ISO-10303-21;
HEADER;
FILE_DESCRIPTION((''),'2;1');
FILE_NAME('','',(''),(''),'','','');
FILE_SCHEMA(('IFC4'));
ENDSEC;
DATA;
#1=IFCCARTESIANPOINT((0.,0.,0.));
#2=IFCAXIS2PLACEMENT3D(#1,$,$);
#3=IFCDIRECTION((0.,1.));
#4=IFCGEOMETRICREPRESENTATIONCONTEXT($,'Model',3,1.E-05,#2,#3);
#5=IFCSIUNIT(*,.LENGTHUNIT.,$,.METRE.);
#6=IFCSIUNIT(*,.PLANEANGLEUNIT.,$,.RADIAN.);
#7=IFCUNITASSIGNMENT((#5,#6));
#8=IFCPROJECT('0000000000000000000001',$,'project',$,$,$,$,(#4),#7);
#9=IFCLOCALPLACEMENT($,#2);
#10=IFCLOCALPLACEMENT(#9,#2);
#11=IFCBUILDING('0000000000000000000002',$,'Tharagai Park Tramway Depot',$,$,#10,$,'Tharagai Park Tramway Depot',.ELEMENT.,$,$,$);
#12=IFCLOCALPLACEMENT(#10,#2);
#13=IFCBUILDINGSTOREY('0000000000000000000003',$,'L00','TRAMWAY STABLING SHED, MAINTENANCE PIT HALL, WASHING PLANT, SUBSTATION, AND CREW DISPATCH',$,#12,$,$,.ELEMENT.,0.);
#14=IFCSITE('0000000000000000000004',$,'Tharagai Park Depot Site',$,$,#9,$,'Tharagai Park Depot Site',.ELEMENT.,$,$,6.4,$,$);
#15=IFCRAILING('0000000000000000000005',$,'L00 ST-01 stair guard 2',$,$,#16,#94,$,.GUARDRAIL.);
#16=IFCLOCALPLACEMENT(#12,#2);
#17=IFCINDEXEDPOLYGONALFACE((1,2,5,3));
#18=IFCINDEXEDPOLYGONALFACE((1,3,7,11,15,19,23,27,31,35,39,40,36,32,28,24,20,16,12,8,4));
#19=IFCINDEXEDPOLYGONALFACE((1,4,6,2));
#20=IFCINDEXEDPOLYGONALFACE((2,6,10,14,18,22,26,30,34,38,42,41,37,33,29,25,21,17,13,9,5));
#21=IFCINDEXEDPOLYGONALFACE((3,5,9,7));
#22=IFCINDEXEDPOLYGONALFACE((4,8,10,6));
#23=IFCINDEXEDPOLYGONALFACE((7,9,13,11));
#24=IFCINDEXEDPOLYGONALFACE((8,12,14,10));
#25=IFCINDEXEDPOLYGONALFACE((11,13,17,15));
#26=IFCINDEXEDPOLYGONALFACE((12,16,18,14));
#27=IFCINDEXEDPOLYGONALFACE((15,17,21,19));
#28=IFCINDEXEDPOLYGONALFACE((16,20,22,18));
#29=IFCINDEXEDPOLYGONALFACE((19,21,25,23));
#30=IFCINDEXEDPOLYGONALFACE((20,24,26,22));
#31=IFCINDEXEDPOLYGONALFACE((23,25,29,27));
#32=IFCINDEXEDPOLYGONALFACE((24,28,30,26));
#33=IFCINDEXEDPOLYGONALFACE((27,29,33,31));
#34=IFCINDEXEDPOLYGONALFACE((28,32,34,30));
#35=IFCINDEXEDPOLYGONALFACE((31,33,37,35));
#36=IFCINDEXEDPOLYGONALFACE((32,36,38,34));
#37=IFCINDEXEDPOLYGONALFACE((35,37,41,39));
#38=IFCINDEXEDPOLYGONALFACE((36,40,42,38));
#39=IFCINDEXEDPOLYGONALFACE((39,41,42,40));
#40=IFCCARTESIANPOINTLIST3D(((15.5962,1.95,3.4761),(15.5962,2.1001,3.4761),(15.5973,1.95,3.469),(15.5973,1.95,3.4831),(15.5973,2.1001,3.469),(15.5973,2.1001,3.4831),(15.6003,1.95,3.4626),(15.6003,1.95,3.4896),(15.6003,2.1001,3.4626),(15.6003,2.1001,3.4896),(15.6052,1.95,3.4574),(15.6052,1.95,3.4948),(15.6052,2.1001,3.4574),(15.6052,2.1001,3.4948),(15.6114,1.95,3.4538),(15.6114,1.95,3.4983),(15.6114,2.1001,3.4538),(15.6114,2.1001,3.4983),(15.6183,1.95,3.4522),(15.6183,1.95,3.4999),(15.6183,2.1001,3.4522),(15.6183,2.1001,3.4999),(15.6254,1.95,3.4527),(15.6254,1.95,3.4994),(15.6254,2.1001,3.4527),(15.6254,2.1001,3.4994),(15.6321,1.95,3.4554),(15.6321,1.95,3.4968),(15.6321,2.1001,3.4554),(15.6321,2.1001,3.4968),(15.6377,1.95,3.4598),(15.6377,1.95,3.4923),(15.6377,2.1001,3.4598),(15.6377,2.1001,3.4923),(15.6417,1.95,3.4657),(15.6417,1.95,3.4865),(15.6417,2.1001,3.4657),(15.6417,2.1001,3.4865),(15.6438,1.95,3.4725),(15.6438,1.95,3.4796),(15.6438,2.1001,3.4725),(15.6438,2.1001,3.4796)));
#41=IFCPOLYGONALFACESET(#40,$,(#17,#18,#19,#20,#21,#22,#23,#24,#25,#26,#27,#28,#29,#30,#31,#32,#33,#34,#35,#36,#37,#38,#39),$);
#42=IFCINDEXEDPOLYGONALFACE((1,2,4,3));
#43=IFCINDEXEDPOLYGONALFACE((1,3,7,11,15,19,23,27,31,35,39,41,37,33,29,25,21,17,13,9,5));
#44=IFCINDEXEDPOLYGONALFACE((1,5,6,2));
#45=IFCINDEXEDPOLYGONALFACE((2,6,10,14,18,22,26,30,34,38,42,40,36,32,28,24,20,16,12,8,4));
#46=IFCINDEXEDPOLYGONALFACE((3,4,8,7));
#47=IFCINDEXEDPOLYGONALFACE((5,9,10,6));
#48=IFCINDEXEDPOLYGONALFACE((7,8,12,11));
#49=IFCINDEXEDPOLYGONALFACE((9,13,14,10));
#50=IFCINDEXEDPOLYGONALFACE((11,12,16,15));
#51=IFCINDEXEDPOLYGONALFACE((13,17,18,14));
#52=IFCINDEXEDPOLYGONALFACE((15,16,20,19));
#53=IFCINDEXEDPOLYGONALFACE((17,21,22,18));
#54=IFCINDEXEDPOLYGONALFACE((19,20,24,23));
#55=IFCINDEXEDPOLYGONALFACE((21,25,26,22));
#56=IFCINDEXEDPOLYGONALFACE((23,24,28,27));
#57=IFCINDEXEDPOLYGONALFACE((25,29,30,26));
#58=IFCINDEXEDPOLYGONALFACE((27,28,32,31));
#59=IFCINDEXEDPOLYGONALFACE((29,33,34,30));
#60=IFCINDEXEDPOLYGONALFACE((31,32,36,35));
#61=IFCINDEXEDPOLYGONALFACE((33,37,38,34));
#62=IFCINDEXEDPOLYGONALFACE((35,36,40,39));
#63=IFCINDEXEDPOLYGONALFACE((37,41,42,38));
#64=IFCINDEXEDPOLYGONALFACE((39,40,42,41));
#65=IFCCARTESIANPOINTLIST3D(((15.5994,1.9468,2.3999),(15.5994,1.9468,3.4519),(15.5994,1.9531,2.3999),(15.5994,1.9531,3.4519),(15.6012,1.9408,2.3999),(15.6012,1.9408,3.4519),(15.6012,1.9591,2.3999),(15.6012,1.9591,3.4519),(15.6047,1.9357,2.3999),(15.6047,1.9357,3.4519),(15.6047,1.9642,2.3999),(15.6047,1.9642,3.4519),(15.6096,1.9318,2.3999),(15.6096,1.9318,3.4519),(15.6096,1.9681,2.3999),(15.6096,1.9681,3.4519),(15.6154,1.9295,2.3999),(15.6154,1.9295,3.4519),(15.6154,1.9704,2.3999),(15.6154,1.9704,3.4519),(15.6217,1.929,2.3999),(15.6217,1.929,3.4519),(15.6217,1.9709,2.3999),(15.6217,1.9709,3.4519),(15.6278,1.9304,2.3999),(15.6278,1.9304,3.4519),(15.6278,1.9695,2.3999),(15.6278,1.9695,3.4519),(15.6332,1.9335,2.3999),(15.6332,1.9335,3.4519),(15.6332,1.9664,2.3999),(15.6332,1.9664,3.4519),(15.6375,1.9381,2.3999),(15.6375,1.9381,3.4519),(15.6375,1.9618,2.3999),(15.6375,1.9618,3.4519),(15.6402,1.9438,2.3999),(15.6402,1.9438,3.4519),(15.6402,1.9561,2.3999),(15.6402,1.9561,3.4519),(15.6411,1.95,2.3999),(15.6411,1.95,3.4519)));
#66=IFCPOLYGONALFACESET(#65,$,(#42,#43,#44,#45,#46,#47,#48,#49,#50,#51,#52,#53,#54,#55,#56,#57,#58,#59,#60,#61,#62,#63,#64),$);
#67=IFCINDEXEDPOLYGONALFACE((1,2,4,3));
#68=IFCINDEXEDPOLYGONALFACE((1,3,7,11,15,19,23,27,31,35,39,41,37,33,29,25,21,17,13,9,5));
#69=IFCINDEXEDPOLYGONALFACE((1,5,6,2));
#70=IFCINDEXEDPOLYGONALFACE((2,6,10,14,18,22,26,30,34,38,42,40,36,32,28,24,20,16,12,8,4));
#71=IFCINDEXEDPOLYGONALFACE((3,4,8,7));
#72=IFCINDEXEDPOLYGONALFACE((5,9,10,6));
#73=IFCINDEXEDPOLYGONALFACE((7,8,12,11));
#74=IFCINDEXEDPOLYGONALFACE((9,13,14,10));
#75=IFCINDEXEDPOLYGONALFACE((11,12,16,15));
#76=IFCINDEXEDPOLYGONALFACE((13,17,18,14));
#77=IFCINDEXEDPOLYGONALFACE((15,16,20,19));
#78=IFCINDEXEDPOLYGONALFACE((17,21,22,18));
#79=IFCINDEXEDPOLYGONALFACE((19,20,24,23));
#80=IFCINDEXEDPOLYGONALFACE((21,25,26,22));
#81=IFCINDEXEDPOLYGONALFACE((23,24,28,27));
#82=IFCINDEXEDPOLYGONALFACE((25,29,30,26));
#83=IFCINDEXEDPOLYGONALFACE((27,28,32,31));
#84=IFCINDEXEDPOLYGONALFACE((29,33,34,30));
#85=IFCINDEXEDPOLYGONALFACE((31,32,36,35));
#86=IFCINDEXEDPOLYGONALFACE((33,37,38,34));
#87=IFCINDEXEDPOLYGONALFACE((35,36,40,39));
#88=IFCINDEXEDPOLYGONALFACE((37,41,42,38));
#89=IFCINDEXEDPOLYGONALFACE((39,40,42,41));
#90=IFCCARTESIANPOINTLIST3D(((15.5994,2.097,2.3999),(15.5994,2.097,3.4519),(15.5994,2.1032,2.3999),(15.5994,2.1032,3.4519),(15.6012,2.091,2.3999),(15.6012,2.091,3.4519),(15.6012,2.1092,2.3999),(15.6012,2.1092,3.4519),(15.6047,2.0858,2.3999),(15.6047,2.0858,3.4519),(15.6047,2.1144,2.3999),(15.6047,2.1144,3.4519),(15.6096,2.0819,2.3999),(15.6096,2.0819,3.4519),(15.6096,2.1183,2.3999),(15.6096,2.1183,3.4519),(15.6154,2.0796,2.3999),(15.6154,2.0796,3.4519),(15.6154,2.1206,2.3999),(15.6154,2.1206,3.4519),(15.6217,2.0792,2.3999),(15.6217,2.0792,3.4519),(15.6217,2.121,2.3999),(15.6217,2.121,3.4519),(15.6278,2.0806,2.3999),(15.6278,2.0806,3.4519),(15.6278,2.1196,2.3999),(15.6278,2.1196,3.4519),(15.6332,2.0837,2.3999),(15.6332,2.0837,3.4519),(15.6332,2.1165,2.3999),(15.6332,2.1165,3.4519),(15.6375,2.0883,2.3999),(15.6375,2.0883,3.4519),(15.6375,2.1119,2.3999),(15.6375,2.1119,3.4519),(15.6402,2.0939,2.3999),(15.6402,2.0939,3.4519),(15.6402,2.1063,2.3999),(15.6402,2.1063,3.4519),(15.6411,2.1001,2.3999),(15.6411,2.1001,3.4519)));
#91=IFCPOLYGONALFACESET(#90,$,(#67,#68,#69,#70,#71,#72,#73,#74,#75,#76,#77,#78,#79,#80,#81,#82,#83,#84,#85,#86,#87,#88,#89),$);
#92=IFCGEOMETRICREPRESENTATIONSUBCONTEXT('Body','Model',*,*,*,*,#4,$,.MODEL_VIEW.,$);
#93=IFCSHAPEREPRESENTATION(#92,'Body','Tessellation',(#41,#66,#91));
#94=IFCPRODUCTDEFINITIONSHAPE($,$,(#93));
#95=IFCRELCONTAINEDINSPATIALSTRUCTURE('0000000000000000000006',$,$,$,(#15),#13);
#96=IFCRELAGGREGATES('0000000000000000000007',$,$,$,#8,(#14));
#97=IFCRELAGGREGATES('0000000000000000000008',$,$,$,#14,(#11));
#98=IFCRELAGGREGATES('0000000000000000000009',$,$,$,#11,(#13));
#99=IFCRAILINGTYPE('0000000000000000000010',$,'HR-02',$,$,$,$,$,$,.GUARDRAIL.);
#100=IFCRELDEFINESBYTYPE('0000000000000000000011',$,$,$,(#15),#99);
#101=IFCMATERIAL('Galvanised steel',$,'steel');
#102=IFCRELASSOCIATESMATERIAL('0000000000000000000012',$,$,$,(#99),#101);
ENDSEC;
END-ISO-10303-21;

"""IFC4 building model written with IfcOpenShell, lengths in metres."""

from ifc_helpers import new_model, si_unit, direction, frame, origin, origin_2d, place, context, subcontext, project, spatial, circle, extrude, material, type_object, element, save


model = new_model("IFC4")

# Units and contexts
model_context = context("Model", 3, precision=1e-05, world=origin(), true_north=direction((0.0, 1.0)))
body_context = subcontext(model_context, "Body", "Model", "MODEL_VIEW")
ifc_project = project(units=[si_unit("LENGTHUNIT", "METRE"), si_unit("PLANEANGLEUNIT", "RADIAN")], contexts=[model_context])

# Site, building, storey
site_placement = place(None, origin())
site = spatial("IfcSite", under=ifc_project, at=site_placement, Name="Tharagai Park Depot Site", LongName="Tharagai Park Depot Site", CompositionType="ELEMENT", RefElevation=6.4)
building_placement = place(site_placement, origin())
building = spatial("IfcBuilding", under=site, at=building_placement, Name="Tharagai Park Tramway Depot", LongName="Tharagai Park Tramway Depot", CompositionType="ELEMENT")
storey_placement = place(building_placement, origin())
storey = spatial("IfcBuildingStorey", under=building, at=storey_placement, Name="L00", Description="TRAMWAY STABLING SHED, MAINTENANCE PIT HALL, WASHING PLANT, SUBSTATION, AND CREW DISPATCH", CompositionType="ELEMENT", Elevation=0.0)

# Railing
ifc_material_1 = material(Name="Galvanised steel", Category="steel")
railing_type_1 = type_object("IfcRailingType", Name="HR-02", PredefinedType="GUARDRAIL", material=ifc_material_1)
railing_1_placement = place(storey_placement, frame((15.6201, 1.95, 2.3999)))
element("IfcRailing", 1, at=railing_1_placement, inside=storey, type_object=railing_type_1, Name="L00 ST-01 stair guard 2", PredefinedType="GUARDRAIL", context=body_context, shape_type="SweptSolid", body=[
    extrude(circle(Radius=0.0239, at=origin_2d()), frame((0.0, 0.0, 1.0762), z_axis=(0.0, 1.0, 0.0), x_axis=(-1.0, 0.0, 0.0)), (0.0, 0.0, 1.0), 0.1501),
    extrude(circle(Radius=0.021, at=origin_2d()), origin(), (0.0, 0.0, 1.0), 1.052),
    extrude(circle(Radius=0.021, at=origin_2d()), frame((0.0, 0.1501, 0.0)), (0.0, 0.0, 1.0), 1.052),
])

save(model, "model.ifc")
